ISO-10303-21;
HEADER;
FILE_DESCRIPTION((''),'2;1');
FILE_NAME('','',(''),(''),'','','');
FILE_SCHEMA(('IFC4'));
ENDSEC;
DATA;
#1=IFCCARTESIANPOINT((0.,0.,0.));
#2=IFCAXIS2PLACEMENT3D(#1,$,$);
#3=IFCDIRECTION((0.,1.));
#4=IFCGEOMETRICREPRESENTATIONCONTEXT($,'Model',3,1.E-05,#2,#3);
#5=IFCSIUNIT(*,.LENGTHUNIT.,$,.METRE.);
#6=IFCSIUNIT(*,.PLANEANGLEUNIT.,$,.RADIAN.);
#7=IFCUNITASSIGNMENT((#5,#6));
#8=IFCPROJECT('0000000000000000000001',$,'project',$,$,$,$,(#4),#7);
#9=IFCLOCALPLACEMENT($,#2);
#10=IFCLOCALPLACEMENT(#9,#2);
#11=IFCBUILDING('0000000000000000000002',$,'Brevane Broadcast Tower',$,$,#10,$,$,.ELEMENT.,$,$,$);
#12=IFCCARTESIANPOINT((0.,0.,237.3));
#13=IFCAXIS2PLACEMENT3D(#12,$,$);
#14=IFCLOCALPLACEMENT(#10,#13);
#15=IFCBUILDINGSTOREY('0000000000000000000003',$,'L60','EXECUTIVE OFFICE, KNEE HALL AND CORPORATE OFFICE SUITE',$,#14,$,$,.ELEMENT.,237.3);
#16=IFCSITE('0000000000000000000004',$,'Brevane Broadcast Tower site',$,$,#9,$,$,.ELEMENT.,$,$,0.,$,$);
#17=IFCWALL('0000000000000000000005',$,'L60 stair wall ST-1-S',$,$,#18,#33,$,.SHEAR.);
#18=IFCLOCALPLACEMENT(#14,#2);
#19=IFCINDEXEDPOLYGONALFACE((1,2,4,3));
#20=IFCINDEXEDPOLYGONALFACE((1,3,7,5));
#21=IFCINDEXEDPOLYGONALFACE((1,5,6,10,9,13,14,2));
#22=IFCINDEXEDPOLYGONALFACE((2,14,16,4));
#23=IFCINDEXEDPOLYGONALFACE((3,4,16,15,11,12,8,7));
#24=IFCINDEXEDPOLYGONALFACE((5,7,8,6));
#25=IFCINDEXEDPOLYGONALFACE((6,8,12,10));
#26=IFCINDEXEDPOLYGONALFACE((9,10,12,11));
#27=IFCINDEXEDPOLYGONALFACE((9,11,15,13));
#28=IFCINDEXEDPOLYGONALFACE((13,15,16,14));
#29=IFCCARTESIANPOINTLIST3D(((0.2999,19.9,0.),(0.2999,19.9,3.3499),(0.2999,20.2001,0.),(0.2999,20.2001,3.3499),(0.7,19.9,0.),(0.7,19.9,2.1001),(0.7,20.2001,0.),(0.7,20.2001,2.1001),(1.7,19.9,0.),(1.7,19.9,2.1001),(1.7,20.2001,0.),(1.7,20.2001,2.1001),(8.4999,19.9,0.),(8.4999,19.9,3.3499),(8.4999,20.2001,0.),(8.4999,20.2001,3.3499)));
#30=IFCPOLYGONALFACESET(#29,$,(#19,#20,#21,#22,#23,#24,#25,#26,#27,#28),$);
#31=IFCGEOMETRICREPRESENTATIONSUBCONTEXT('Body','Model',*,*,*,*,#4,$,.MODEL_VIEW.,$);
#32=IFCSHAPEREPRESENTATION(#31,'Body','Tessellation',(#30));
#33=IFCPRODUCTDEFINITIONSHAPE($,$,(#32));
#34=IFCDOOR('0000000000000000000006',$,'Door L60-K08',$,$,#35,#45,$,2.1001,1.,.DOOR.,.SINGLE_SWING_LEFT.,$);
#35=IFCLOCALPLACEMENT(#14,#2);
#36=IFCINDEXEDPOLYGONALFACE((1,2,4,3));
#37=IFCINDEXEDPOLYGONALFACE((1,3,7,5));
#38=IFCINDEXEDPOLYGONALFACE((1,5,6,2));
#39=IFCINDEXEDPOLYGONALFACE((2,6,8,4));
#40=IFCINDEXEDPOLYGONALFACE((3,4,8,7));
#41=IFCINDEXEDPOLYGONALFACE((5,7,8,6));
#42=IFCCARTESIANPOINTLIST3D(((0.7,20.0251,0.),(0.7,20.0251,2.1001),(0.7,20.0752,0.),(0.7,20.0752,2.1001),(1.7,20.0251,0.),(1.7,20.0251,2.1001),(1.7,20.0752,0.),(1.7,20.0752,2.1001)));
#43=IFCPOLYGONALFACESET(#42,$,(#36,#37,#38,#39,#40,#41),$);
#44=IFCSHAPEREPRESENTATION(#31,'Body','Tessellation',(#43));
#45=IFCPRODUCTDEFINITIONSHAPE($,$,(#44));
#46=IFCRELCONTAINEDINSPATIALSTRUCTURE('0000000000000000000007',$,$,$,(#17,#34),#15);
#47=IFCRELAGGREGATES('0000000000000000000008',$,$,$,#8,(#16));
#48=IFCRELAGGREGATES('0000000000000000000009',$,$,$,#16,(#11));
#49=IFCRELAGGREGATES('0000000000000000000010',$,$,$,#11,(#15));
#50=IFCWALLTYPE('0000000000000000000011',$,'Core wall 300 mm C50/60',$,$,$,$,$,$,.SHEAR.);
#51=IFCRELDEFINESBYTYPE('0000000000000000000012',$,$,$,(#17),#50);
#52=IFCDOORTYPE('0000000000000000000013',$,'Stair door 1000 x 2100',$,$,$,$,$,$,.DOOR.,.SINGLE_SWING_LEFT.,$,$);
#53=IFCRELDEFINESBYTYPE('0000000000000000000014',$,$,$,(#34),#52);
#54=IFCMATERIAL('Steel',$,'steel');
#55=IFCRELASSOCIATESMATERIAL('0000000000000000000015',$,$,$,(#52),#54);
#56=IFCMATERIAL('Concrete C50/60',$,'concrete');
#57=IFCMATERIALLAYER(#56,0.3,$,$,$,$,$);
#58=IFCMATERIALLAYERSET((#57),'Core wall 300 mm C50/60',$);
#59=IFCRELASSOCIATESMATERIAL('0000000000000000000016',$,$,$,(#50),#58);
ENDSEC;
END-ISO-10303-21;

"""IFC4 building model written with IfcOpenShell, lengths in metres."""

from ifc_helpers import new_model, si_unit, direction, frame, frame_2d, origin, place, context, subcontext, project, spatial, rectangle, extrude, material, layer, layer_set, type_object, element, fill, save


model = new_model("IFC4")

# Units and contexts
model_context = context("Model", 3, precision=1e-05, world=origin(), true_north=direction((0.0, 1.0)))
body_context = subcontext(model_context, "Body", "Model", "MODEL_VIEW")
ifc_project = project(units=[si_unit("LENGTHUNIT", "METRE"), si_unit("PLANEANGLEUNIT", "RADIAN")], contexts=[model_context])

# Site, building, storey
site_placement = place(None, origin())
site = spatial("IfcSite", under=ifc_project, at=site_placement, Name="Brevane Broadcast Tower site", CompositionType="ELEMENT", RefElevation=0.0)
building_placement = place(site_placement, origin())
building = spatial("IfcBuilding", under=site, at=building_placement, Name="Brevane Broadcast Tower", CompositionType="ELEMENT")
storey_placement = place(building_placement, frame((0.0, 0.0, 237.3)))
storey = spatial("IfcBuildingStorey", under=building, at=storey_placement, Name="L60", Description="EXECUTIVE OFFICE, KNEE HALL AND CORPORATE OFFICE SUITE", CompositionType="ELEMENT", Elevation=237.3)

# Shared definitions
ifc_material_1 = material(Name="Steel", Category="steel")

# Shared definitions
door_type_1 = type_object("IfcDoorType", Name="Stair door 1000 x 2100", OperationType="SINGLE_SWING_LEFT", PredefinedType="DOOR", material=ifc_material_1)

# Shared definitions
ifc_material_2 = material(Name="Concrete C50/60", Category="concrete")
ifc_layer_1 = layer(ifc_material_2, 0.3)
ifc_layer_set_1 = layer_set([ifc_layer_1], Name="Core wall 300 mm C50/60")
wall_type_1 = type_object("IfcWallType", Name="Core wall 300 mm C50/60", PredefinedType="SHEAR", material=ifc_layer_set_1)

# Wall, opening, door
wall_1_placement = place(storey_placement, frame((8.5, 20.05, 0.0), z_axis=(0.0, 0.0, 1.0), x_axis=(-1.0, 0.0, 0.0)))
wall_1 = element("IfcWall", 1, at=wall_1_placement, inside=storey, type_object=wall_type_1, Name="L60 stair wall ST-1-S", PredefinedType="SHEAR", context=body_context, shape_type="SweptSolid", body=[
    extrude(rectangle(XDim=8.2, YDim=0.3, at=frame_2d((4.1001, 0.0))), origin(), (0.0, 0.0, 1.0), 3.3499),
])
opening_1_placement = place(wall_1_placement, frame((6.8, 0.0, 0.0)))
opening_1 = element("IfcOpeningElement", 2, at=opening_1_placement, cuts=wall_1, PredefinedType="OPENING", context=body_context, shape_type="SweptSolid", body=[
    extrude(rectangle(XDim=1.0, YDim=2.1001, at=frame_2d((0.5, 1.05))), frame((0.0, 0.1599, 0.0), z_axis=(0.0, -1.0, 0.0), x_axis=(1.0, 0.0, 0.0)), (0.0, 0.0, 1.0), 0.3201),
])
door_1_placement = place(opening_1_placement, origin())
door_1 = element("IfcDoor", 3, at=door_1_placement, inside=storey, type_object=door_type_1, Name="Door L60-K08", OperationType="SINGLE_SWING_LEFT", OverallHeight=2.1001, OverallWidth=1.0, PredefinedType="DOOR", context=body_context, shape_type="SweptSolid", body=[
    extrude(rectangle(XDim=1.0, YDim=2.1001, at=frame_2d((0.5, 1.05))), frame((0.0, 0.0249, 0.0), z_axis=(0.0, -1.0, 0.0), x_axis=(1.0, 0.0, 0.0)), (0.0, 0.0, 1.0), 0.05),
])
fill(opening_1, door_1)

save(model, "model.ifc")
